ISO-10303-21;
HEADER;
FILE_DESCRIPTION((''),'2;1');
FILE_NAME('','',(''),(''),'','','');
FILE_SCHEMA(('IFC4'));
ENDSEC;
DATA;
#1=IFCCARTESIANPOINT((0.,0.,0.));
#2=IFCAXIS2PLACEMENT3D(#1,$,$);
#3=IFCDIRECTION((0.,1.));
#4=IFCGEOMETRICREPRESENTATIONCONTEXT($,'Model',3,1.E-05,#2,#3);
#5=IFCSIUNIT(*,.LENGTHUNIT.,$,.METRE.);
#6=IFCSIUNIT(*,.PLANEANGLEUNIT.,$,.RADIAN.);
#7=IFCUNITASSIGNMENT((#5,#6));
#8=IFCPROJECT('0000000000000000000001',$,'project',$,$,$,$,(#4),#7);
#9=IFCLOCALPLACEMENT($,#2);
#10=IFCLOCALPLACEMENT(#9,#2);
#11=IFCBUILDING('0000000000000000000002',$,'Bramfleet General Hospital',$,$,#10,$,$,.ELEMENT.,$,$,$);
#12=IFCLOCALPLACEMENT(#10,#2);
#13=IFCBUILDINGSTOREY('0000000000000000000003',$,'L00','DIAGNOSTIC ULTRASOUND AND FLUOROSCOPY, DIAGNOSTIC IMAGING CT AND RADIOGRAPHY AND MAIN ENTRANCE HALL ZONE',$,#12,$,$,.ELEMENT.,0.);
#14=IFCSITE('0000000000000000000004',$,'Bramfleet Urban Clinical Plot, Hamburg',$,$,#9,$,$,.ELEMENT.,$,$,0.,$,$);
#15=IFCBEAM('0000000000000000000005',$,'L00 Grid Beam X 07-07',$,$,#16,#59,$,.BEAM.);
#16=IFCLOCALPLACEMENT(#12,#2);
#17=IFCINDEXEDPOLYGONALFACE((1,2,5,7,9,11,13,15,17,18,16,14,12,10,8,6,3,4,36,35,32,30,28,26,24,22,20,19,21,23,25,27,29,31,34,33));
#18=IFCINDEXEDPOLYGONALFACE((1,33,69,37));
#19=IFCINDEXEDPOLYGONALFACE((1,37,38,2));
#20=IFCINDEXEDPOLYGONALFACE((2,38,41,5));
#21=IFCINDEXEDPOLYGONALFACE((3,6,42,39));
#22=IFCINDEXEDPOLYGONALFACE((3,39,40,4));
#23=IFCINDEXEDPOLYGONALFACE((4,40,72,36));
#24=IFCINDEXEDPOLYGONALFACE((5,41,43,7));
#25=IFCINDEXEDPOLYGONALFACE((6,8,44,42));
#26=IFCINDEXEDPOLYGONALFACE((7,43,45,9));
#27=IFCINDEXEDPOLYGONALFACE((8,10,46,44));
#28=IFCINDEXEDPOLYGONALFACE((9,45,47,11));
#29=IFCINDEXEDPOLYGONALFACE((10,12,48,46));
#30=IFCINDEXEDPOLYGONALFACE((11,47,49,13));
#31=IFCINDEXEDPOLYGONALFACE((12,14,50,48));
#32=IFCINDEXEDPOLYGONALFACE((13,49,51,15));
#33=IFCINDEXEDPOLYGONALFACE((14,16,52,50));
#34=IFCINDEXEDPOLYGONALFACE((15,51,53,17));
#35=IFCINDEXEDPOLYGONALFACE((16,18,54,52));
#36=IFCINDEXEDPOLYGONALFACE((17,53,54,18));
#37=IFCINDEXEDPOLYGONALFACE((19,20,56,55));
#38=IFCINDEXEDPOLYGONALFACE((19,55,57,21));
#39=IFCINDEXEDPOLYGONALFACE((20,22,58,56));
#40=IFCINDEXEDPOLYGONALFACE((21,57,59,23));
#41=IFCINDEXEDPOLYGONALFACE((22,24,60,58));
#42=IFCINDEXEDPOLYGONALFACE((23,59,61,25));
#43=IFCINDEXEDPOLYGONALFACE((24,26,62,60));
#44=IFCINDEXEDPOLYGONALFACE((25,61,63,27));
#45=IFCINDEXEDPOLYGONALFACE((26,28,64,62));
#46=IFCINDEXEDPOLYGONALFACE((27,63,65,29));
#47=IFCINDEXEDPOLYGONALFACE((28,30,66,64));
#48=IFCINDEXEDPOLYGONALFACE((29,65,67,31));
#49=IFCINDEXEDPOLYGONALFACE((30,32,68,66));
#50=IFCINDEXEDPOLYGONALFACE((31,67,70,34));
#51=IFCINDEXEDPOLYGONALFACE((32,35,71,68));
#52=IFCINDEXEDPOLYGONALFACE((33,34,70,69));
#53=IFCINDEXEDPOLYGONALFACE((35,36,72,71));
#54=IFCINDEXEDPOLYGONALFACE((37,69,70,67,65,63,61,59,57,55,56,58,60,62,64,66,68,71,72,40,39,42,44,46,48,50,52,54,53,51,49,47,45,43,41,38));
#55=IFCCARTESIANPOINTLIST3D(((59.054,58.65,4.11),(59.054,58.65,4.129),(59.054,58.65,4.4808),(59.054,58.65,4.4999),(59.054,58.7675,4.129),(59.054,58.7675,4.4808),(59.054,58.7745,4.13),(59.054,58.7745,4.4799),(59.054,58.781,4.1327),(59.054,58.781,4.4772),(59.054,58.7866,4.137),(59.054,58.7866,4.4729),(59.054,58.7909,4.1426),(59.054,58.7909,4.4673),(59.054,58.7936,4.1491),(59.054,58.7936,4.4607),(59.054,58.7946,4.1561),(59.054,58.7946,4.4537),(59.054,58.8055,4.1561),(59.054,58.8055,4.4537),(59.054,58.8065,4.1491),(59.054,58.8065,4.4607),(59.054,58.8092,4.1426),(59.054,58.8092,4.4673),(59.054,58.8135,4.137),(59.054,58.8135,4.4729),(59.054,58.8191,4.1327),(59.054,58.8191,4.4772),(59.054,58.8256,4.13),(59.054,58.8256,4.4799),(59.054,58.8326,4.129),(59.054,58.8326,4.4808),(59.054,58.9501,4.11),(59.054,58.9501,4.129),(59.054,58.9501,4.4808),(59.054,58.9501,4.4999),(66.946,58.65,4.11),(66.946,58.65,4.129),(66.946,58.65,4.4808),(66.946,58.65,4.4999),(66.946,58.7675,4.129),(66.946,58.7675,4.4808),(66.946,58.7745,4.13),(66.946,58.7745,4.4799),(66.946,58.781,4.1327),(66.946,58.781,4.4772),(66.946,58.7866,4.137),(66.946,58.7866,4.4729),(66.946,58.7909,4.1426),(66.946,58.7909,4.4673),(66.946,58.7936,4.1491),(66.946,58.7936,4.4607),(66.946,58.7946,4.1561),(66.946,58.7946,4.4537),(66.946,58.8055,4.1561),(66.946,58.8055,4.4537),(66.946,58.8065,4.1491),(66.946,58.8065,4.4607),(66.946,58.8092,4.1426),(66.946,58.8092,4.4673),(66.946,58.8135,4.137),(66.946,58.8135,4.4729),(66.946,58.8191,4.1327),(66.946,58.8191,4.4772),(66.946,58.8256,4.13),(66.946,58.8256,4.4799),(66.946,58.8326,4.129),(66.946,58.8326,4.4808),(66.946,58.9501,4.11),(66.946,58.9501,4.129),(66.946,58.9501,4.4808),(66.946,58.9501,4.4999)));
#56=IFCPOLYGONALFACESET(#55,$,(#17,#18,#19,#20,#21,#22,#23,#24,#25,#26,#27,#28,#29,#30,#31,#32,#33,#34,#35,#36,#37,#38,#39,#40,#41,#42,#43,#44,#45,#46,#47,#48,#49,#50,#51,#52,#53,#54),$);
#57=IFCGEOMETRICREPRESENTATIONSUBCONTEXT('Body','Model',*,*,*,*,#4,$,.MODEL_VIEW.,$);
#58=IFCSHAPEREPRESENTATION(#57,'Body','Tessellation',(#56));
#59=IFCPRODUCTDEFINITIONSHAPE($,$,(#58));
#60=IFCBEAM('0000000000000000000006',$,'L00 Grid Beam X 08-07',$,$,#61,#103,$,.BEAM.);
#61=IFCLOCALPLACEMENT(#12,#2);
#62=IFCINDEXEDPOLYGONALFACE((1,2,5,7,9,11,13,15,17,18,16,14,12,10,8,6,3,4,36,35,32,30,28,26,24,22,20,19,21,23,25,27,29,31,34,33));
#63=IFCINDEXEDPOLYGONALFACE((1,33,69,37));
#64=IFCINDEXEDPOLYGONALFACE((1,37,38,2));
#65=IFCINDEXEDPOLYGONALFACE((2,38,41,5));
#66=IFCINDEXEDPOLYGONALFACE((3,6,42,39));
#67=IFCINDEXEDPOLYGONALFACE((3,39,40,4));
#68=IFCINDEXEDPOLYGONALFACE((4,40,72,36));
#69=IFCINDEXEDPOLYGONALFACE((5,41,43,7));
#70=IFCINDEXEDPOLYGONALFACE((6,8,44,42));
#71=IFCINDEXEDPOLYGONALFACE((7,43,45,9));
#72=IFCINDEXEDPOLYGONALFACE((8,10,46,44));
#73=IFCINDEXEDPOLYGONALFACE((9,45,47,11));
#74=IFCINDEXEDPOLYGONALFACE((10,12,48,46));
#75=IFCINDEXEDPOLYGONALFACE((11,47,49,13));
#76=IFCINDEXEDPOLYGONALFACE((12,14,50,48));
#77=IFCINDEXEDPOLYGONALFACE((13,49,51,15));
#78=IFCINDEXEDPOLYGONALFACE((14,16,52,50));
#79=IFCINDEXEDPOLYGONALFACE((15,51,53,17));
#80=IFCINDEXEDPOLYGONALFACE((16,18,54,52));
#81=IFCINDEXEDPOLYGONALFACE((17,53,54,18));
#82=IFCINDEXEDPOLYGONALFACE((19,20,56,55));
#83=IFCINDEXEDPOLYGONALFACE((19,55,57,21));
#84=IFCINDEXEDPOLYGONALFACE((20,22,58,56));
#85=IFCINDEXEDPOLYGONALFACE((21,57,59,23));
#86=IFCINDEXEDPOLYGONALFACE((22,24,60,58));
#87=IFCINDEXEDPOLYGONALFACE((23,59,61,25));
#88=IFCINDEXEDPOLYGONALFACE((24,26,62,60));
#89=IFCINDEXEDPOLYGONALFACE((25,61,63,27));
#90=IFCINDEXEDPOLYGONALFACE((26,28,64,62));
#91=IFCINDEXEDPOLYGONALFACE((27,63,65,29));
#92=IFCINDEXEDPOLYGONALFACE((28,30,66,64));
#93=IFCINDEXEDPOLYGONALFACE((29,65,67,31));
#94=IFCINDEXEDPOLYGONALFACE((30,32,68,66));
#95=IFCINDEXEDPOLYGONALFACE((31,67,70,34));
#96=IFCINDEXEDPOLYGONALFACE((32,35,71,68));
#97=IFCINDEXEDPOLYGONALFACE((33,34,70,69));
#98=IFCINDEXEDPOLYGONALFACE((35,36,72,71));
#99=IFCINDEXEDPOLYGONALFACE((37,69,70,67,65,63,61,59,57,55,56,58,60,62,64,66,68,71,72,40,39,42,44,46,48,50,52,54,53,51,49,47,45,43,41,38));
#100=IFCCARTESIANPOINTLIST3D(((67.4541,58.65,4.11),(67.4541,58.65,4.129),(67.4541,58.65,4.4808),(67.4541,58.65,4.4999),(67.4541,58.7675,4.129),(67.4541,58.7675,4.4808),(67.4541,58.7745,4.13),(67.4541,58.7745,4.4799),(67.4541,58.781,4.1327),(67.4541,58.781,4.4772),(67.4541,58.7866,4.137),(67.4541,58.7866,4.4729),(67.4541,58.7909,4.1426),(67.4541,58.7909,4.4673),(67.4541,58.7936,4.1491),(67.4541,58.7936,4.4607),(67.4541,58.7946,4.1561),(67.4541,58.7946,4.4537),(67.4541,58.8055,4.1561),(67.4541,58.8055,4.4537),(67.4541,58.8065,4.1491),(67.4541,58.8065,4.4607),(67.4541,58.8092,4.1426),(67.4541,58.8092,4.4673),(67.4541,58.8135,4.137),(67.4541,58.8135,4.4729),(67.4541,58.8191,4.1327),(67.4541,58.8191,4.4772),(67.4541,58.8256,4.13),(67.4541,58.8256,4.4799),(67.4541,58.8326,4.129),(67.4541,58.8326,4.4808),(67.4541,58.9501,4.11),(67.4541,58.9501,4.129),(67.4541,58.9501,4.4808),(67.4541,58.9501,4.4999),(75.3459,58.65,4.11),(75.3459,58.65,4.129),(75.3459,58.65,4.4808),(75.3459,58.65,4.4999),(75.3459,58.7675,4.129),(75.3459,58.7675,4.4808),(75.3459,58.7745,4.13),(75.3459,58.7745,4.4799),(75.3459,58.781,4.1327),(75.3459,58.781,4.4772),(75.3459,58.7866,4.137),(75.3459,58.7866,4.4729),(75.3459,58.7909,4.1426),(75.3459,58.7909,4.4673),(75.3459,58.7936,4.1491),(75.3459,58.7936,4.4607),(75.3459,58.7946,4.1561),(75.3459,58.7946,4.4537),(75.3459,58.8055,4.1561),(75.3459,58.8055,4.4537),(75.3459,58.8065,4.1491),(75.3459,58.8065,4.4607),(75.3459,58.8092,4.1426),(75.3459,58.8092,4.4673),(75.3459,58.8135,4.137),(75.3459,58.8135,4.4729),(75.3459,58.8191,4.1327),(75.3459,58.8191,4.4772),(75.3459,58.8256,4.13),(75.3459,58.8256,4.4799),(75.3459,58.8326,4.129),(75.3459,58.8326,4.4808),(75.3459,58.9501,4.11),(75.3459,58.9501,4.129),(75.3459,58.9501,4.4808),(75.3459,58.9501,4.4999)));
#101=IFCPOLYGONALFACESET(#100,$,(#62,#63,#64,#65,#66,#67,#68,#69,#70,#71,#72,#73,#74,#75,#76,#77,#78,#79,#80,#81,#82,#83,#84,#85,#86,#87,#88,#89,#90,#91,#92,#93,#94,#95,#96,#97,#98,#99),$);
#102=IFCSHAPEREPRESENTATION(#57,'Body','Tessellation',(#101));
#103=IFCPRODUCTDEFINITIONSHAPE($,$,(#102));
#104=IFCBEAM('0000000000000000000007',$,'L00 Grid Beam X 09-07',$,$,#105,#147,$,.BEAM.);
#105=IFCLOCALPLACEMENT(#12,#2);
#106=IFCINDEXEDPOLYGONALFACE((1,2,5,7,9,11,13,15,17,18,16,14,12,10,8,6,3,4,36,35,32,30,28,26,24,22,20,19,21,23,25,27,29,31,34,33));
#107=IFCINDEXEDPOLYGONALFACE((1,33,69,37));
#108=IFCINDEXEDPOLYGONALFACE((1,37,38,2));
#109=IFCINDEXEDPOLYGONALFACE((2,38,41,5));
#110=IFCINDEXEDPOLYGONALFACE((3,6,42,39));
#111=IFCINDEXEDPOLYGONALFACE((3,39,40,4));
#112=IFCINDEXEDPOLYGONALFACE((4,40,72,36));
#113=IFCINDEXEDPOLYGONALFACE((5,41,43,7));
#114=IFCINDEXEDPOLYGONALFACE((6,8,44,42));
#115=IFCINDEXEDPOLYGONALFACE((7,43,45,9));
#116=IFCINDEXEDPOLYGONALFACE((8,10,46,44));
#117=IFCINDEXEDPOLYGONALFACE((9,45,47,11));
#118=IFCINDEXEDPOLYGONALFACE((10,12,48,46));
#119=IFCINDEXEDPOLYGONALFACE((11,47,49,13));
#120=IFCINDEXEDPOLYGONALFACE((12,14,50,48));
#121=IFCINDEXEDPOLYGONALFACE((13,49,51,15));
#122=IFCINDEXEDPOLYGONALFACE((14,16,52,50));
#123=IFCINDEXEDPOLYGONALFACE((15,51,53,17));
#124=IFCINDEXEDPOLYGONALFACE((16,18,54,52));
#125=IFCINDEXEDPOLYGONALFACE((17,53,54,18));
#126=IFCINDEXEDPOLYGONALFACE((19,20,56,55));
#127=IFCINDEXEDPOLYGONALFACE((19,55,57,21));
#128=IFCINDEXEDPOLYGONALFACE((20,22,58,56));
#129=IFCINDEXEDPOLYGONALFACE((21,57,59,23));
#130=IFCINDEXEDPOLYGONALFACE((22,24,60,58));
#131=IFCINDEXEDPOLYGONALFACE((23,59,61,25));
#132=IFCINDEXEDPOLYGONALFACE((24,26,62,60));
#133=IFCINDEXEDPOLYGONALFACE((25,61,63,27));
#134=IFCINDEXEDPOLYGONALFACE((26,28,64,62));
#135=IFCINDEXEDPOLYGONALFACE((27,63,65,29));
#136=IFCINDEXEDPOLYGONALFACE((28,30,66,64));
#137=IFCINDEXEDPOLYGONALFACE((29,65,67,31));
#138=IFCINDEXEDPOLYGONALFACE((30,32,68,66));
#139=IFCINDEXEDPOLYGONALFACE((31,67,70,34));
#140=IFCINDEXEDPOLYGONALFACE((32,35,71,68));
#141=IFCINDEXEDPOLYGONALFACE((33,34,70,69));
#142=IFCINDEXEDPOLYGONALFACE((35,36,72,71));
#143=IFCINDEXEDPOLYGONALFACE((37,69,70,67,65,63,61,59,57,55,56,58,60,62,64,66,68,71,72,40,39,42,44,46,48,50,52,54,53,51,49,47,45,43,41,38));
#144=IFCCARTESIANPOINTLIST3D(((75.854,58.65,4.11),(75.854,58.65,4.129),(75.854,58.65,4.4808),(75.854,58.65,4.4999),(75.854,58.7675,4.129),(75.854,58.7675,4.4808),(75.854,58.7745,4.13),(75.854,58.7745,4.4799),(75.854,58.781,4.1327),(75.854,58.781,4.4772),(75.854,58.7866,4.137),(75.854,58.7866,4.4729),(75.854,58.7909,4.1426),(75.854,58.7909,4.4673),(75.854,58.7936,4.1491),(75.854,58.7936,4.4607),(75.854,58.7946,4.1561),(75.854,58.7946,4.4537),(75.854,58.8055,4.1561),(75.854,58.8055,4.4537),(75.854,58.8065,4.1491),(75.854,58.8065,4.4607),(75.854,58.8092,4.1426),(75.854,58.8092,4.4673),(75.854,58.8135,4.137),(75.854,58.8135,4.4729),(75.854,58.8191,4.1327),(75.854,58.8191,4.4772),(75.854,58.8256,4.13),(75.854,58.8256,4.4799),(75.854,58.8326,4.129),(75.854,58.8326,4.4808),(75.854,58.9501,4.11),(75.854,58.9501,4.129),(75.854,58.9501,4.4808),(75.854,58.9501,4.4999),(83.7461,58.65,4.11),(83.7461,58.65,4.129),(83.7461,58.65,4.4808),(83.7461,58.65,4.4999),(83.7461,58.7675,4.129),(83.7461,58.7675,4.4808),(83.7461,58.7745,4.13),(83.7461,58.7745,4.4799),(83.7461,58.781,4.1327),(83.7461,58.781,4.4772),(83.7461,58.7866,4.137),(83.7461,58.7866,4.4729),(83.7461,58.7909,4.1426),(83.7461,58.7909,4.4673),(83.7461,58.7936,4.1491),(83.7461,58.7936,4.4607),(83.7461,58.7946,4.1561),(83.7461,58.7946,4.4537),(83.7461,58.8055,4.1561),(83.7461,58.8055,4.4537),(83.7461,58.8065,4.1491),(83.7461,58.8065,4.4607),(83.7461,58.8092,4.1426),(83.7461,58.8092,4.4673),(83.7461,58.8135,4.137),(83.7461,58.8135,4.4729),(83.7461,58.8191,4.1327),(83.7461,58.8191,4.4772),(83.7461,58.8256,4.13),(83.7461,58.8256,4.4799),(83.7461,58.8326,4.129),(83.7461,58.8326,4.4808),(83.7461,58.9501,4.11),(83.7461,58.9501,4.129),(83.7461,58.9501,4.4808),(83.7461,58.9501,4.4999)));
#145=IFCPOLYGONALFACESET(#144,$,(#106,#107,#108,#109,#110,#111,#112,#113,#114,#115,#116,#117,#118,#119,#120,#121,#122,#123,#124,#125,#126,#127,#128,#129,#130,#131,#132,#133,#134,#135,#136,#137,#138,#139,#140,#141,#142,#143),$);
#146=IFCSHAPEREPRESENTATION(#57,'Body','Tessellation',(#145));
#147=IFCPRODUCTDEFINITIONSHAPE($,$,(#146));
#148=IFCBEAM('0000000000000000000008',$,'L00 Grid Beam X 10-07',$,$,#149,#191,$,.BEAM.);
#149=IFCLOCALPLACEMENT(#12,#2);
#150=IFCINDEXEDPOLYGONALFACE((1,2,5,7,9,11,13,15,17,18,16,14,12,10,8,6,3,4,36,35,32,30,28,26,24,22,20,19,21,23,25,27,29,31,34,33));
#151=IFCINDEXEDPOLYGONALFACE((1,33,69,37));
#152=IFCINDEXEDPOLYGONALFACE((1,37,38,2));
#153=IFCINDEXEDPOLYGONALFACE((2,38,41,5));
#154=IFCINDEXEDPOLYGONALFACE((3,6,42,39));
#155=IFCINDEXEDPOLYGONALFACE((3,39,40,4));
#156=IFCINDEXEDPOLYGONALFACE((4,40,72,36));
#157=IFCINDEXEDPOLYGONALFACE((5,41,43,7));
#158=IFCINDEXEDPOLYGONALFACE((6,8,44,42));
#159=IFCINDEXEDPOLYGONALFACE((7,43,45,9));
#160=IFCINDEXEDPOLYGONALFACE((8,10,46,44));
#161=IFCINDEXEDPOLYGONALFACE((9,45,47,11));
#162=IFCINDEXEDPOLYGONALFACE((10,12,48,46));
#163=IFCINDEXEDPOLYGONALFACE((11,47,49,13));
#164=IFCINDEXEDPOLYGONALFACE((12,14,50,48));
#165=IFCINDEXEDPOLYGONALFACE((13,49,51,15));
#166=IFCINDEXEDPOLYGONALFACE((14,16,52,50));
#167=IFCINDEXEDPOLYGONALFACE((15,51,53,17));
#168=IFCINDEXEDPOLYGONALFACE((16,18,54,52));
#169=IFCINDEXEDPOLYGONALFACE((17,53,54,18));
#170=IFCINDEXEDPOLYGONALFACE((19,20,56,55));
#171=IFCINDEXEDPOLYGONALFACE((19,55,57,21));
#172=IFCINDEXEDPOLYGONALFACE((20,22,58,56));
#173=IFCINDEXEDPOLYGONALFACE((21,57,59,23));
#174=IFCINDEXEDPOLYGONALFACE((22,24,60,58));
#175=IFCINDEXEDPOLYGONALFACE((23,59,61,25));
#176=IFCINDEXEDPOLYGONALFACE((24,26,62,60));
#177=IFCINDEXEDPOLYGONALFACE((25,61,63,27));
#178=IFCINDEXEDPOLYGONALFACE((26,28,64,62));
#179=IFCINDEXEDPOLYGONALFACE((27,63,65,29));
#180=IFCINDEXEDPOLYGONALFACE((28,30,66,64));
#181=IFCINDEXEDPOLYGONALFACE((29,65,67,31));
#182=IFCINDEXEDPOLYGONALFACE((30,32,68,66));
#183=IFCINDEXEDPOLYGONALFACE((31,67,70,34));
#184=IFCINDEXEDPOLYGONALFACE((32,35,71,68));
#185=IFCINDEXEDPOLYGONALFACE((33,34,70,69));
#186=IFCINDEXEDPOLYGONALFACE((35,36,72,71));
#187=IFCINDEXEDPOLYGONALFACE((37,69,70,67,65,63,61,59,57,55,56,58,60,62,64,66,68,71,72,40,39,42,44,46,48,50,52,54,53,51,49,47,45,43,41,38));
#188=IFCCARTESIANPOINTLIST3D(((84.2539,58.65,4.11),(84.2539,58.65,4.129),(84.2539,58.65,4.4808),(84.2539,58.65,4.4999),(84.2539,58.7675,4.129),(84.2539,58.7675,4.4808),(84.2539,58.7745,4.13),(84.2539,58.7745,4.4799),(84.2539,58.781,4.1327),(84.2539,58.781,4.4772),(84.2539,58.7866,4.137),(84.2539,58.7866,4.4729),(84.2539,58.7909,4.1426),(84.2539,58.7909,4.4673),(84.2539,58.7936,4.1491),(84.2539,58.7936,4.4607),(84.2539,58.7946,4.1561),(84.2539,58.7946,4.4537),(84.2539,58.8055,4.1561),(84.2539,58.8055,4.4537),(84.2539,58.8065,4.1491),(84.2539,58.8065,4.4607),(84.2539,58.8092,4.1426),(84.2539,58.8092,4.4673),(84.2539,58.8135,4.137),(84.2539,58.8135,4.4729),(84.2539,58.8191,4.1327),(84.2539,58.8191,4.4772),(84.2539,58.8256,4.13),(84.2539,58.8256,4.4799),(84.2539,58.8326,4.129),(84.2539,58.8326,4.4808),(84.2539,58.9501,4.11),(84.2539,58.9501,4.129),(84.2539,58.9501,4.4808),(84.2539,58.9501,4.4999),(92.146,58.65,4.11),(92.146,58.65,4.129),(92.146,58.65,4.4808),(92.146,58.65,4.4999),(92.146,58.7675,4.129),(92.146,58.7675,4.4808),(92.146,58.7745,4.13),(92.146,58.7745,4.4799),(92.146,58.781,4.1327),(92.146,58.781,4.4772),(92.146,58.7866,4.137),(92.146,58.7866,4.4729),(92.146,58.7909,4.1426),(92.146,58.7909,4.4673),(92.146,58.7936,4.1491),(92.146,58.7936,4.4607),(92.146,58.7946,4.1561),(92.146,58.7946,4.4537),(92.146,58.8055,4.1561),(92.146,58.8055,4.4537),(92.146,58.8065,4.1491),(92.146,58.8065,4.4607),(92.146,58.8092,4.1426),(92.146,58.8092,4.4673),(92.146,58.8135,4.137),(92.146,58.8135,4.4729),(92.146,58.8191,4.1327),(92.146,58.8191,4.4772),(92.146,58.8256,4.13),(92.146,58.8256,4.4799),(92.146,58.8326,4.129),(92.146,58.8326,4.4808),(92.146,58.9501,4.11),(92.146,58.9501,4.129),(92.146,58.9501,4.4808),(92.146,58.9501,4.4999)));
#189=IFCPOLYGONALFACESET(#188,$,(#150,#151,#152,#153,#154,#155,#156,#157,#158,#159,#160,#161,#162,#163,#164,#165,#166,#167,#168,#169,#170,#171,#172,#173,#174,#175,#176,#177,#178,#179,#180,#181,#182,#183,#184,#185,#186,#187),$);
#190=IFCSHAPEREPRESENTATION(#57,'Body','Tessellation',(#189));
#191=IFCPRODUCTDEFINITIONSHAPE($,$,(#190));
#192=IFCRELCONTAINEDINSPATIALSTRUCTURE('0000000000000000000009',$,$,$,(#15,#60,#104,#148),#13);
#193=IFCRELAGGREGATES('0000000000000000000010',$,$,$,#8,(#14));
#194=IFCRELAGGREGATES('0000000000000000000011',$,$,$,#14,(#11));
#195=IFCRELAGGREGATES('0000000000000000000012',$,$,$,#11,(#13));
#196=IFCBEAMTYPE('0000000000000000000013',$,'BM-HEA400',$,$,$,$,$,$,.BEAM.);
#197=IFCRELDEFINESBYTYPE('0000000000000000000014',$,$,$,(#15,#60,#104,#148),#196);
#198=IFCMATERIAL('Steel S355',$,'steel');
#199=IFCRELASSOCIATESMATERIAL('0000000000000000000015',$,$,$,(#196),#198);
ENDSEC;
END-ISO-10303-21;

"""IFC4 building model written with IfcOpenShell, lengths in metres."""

from ifc_helpers import new_model, si_unit, direction, frame, origin, origin_2d, place, context, subcontext, project, spatial, i_section, extrude, material, material_profile, profile_set, type_object, element, save


model = new_model("IFC4")

# Units and contexts
model_context = context("Model", 3, precision=1e-05, world=origin(), true_north=direction((0.0, 1.0)))
body_context = subcontext(model_context, "Body", "Model", "MODEL_VIEW")
ifc_project = project(units=[si_unit("LENGTHUNIT", "METRE"), si_unit("PLANEANGLEUNIT", "RADIAN")], contexts=[model_context])

# Site, building, storey
site_placement = place(None, origin())
site = spatial("IfcSite", under=ifc_project, at=site_placement, Name="Bramfleet Urban Clinical Plot, Hamburg", CompositionType="ELEMENT", RefElevation=0.0)
building_placement = place(site_placement, origin())
building = spatial("IfcBuilding", under=site, at=building_placement, Name="Bramfleet General Hospital", CompositionType="ELEMENT")
storey_placement = place(building_placement, origin())
storey = spatial("IfcBuildingStorey", under=building, at=storey_placement, Name="L00", Description="DIAGNOSTIC ULTRASOUND AND FLUOROSCOPY, DIAGNOSTIC IMAGING CT AND RADIOGRAPHY AND MAIN ENTRANCE HALL ZONE", CompositionType="ELEMENT", Elevation=0.0)

# Shared definitions
ifc_material_1 = material(Name="Steel S355", Category="steel")

# Beams
ifc_material_profile_1 = material_profile(ifc_material_1, i_section(OverallWidth=0.3, OverallDepth=0.3899, WebThickness=0.011, FlangeThickness=0.019, FilletRadius=0.0271, at=origin_2d()), Name="HEA 400")
ifc_profile_set_1 = profile_set([ifc_material_profile_1], Name="Steel S355")
beam_type_1 = type_object("IfcBeamType", Name="BM-HEA400", PredefinedType="BEAM", material=ifc_profile_set_1)
beam_1_placement = place(storey_placement, frame((59.054, 58.8, 4.3049), z_axis=(1.0, 0.0, 0.0), x_axis=(0.0, 1.0, 0.0)))
element("IfcBeam", 1, at=beam_1_placement, inside=storey, type_object=beam_type_1, Name="L00 Grid Beam X 07-07", PredefinedType="BEAM", context=body_context, shape_type="SweptSolid", body=[
    extrude(i_section(OverallWidth=0.3, OverallDepth=0.3899, WebThickness=0.011, FlangeThickness=0.019, FilletRadius=0.0271, at=origin_2d()), origin(), (0.0, 0.0, 1.0), 7.8921),
])
beam_2_placement = place(storey_placement, frame((67.4541, 58.8, 4.3049), z_axis=(1.0, 0.0, 0.0), x_axis=(0.0, 1.0, 0.0)))
element("IfcBeam", 2, at=beam_2_placement, inside=storey, type_object=beam_type_1, Name="L00 Grid Beam X 08-07", PredefinedType="BEAM", context=body_context, shape_type="SweptSolid", body=[
    extrude(i_section(OverallWidth=0.3, OverallDepth=0.3899, WebThickness=0.011, FlangeThickness=0.019, FilletRadius=0.0271, at=origin_2d()), origin(), (0.0, 0.0, 1.0), 7.8918),
])
for number, where, z_axis, x_axis, name in (
    (3, (75.854, 58.8, 4.3049), (1.0, 0.0, 0.0), (0.0, 1.0, 0.0), "L00 Grid Beam X 09-07"),
    (4, (84.2539, 58.8, 4.3049), (1.0, 0.0, 0.0), (0.0, 1.0, 0.0), "L00 Grid Beam X 10-07"),
):
    element("IfcBeam", number, at=place(storey_placement, frame(where, z_axis=z_axis, x_axis=x_axis)), inside=storey, type_object=beam_type_1, Name=name, PredefinedType="BEAM", context=body_context, shape_type="SweptSolid", body=[
        extrude(i_section(OverallWidth=0.3, OverallDepth=0.3899, WebThickness=0.011, FlangeThickness=0.019, FilletRadius=0.0271, at=origin_2d()), origin(), (0.0, 0.0, 1.0), 7.8921),
    ])

save(model, "model.ifc")
